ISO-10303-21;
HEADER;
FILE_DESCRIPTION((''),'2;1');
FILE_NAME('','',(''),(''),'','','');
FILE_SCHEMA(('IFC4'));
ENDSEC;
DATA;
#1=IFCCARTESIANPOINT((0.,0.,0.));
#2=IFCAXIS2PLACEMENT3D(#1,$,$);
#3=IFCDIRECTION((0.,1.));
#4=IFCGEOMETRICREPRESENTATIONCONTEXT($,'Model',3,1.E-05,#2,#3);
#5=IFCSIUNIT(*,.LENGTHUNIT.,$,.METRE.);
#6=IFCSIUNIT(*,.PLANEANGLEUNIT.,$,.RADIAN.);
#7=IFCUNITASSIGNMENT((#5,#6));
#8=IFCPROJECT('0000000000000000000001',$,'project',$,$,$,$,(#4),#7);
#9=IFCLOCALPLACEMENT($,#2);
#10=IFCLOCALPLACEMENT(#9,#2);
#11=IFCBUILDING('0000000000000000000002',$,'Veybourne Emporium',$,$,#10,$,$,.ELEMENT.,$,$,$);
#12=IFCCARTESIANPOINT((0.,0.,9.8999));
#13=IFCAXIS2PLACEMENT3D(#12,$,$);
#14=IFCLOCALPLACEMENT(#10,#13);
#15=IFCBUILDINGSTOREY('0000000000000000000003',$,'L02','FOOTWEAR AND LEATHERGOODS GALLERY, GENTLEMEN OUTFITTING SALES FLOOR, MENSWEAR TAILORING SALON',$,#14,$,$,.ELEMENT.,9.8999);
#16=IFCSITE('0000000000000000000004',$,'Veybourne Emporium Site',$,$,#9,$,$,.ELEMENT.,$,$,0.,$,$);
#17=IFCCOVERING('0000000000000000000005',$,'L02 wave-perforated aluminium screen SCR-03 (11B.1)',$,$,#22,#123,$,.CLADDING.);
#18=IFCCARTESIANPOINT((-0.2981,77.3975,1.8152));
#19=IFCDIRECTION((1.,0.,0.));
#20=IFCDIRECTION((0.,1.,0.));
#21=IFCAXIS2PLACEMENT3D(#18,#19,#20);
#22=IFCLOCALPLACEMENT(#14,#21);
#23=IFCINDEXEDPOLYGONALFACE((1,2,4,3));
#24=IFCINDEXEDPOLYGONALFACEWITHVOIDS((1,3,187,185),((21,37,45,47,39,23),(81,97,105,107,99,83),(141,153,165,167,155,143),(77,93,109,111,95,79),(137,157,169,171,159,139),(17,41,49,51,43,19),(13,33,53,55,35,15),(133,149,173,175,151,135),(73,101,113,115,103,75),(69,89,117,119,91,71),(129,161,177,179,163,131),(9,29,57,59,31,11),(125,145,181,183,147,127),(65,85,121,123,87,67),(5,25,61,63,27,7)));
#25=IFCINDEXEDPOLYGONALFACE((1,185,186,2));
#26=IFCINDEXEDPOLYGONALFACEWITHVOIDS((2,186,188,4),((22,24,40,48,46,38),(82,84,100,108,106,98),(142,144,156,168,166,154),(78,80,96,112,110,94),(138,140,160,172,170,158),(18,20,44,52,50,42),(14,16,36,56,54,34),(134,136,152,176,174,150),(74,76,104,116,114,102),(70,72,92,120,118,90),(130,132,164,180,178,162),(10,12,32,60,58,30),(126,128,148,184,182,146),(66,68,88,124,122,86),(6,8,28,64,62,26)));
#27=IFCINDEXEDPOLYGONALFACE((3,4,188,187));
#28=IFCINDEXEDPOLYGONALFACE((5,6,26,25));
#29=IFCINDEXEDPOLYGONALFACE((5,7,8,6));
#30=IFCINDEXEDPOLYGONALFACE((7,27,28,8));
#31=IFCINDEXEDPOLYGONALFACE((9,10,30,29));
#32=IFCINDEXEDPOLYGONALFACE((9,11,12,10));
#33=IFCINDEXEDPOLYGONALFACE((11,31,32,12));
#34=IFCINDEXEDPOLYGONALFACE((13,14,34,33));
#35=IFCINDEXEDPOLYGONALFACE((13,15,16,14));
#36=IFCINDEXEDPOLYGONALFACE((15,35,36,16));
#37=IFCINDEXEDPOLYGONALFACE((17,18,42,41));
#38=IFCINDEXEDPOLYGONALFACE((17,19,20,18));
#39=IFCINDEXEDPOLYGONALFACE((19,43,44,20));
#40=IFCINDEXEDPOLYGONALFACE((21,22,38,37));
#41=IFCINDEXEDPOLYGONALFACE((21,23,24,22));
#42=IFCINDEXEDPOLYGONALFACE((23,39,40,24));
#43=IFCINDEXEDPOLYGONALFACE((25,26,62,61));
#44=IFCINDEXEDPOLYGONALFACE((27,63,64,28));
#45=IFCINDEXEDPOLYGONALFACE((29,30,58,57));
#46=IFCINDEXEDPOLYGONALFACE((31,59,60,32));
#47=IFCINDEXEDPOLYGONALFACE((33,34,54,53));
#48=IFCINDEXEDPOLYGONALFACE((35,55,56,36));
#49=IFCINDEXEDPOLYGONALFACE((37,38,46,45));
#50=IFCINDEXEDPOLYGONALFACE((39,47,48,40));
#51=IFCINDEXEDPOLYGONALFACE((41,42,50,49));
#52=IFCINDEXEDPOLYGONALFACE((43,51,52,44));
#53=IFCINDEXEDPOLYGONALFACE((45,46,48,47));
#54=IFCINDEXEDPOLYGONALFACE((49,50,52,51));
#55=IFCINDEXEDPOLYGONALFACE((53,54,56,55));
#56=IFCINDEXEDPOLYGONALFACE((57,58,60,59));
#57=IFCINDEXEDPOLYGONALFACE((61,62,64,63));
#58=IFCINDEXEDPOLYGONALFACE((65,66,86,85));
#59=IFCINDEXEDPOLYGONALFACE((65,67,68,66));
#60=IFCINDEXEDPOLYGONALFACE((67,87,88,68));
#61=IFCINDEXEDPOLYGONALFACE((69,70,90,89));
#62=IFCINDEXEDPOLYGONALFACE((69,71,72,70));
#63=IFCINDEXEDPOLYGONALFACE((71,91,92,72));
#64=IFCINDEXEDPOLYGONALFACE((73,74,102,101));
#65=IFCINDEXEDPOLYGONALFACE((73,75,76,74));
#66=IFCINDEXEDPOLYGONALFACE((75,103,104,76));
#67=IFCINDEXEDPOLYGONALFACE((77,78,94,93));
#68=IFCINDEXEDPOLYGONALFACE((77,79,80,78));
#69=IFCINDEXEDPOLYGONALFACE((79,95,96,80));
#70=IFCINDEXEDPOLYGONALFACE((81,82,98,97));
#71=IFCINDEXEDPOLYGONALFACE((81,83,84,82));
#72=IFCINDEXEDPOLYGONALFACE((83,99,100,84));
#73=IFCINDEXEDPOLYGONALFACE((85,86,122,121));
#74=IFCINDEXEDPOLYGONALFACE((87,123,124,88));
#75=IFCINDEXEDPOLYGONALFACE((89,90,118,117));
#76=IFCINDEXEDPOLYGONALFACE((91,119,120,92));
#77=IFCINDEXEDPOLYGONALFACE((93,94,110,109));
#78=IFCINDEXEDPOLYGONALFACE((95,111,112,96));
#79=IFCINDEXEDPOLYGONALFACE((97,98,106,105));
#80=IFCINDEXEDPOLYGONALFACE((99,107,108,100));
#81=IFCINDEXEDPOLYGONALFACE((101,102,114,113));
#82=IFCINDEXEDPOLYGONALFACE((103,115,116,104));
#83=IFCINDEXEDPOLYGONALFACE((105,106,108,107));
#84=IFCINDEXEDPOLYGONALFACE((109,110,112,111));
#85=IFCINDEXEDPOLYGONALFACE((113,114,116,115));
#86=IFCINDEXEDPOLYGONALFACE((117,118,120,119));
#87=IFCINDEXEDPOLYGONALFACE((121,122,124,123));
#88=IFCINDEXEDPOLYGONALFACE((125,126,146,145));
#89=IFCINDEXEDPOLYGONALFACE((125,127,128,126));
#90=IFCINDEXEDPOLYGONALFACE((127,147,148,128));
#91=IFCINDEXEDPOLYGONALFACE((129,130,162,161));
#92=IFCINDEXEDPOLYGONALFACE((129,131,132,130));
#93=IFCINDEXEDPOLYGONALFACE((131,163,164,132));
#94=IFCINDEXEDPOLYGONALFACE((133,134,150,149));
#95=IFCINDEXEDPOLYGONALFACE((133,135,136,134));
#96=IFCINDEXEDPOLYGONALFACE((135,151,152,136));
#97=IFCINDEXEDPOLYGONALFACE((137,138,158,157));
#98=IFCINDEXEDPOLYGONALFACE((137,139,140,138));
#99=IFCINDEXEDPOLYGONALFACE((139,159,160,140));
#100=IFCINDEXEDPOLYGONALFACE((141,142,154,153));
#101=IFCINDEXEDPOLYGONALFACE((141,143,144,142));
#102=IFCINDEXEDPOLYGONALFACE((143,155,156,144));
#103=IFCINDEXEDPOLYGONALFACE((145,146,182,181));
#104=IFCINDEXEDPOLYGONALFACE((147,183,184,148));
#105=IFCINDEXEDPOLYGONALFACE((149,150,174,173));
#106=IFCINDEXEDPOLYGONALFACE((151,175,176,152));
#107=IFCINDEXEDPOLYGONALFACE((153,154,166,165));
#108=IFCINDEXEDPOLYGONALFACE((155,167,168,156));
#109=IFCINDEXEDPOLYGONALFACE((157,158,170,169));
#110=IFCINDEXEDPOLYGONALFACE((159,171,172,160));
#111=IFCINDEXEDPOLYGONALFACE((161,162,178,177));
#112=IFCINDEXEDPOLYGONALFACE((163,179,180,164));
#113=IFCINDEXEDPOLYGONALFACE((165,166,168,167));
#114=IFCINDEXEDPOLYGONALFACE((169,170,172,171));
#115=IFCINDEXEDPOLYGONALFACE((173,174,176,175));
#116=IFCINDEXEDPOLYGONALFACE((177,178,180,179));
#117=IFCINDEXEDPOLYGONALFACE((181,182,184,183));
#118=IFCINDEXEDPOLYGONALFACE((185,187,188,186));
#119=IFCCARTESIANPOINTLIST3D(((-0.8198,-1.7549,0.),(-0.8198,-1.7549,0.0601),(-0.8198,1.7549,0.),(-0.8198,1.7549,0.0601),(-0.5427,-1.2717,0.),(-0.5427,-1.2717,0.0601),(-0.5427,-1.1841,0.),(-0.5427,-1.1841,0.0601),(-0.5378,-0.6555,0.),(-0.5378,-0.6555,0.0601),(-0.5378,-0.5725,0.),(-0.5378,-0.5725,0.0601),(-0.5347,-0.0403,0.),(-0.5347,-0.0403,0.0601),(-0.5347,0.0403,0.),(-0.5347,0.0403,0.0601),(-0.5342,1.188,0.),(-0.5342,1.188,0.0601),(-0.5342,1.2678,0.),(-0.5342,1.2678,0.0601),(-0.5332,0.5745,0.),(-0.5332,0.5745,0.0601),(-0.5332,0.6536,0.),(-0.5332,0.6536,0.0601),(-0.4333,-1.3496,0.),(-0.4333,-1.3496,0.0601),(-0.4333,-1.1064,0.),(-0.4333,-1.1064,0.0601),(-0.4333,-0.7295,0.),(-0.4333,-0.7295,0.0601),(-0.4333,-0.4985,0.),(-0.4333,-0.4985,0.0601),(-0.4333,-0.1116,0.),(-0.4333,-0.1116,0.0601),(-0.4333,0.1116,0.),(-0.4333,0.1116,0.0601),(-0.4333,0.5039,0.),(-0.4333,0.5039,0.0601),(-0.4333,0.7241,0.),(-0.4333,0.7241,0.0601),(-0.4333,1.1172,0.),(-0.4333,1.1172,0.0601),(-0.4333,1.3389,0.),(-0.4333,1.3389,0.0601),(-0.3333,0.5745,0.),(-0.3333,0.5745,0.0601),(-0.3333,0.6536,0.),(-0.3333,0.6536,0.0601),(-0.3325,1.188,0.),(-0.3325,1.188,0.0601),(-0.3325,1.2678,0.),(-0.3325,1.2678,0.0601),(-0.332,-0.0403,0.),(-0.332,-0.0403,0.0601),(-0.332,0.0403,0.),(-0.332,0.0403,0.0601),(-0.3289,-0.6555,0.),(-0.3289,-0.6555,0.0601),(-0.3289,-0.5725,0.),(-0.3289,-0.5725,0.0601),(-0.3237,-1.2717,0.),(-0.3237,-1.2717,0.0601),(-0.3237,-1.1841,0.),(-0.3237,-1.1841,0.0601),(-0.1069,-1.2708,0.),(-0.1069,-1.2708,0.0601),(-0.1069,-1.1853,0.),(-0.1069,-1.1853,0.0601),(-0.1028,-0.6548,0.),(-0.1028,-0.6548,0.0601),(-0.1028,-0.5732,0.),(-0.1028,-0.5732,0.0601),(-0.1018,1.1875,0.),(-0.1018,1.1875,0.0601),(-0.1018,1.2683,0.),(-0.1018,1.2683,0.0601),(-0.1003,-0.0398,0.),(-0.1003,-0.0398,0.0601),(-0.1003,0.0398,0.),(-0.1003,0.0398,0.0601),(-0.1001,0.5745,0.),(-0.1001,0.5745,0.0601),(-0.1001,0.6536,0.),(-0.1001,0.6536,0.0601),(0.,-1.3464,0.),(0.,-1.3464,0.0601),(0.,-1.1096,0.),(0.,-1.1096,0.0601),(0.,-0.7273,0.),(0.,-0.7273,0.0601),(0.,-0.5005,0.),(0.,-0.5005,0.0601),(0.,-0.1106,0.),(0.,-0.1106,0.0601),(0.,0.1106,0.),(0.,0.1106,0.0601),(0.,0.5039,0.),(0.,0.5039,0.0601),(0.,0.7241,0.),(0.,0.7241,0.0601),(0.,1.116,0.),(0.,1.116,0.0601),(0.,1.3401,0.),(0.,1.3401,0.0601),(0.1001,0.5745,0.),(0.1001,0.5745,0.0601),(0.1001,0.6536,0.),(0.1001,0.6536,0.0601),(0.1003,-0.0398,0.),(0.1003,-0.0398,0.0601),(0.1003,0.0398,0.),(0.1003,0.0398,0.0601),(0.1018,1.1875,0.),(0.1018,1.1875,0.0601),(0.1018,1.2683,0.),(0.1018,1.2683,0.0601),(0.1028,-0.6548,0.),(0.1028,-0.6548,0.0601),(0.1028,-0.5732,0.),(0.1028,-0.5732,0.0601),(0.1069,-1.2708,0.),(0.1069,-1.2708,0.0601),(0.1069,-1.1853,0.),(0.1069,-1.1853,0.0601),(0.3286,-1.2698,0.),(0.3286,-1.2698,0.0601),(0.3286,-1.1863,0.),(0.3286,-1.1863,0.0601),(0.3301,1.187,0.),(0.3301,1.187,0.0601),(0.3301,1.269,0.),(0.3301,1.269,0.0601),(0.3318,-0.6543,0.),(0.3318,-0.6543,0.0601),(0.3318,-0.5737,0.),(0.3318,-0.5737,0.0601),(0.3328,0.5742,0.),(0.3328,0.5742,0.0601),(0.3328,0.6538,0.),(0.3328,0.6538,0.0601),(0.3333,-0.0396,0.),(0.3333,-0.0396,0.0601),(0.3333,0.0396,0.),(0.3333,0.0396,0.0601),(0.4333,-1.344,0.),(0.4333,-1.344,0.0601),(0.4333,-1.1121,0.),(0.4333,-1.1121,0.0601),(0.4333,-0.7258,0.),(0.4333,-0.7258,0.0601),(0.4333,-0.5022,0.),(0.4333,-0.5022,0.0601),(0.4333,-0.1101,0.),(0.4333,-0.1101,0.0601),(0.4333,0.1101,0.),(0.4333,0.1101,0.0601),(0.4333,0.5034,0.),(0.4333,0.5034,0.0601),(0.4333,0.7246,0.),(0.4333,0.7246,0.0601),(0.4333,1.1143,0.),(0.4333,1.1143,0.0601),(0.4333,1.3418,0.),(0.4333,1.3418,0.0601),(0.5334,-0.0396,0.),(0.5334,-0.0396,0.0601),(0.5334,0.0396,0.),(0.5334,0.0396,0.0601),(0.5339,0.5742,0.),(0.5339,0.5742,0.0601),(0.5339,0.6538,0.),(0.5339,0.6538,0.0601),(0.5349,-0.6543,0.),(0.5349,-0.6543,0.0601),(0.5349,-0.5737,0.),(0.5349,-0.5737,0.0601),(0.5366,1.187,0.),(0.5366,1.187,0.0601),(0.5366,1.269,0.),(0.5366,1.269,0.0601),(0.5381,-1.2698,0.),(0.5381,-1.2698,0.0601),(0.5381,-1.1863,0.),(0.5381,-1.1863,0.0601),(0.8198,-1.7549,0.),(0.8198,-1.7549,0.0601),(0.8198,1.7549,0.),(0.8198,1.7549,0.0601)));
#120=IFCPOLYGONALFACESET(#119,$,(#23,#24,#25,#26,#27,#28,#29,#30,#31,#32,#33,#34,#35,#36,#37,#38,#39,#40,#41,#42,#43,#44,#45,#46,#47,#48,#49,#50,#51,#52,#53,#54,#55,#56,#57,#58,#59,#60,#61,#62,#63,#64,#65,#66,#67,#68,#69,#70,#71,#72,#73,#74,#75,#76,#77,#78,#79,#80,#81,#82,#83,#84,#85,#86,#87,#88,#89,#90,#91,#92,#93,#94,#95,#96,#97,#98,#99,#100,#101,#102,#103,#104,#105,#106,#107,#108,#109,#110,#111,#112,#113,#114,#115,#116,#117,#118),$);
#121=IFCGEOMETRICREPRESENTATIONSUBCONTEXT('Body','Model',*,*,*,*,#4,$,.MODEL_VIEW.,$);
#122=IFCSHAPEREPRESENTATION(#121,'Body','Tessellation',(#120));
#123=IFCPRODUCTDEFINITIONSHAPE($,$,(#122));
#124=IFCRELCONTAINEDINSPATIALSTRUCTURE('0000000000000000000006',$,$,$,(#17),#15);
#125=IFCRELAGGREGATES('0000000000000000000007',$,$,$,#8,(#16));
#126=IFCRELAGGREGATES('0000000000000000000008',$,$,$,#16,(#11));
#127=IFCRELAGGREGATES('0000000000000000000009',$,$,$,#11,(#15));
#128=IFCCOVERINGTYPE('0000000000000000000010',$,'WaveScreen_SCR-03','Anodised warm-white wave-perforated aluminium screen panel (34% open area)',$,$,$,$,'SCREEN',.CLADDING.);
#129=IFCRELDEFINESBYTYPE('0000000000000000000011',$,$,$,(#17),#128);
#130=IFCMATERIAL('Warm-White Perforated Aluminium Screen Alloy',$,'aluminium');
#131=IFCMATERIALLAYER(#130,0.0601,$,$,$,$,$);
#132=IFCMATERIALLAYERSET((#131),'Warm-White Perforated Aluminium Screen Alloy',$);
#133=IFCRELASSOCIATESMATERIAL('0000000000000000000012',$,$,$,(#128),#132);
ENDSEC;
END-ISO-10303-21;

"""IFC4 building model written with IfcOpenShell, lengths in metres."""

from ifc_helpers import new_model, si_unit, direction, frame, origin, place, context, subcontext, project, spatial, polyline, outline, extrude, material, layer, layer_set, type_object, element, save


model = new_model("IFC4")

# Units and contexts
model_context = context("Model", 3, precision=1e-05, world=origin(), true_north=direction((0.0, 1.0)))
body_context = subcontext(model_context, "Body", "Model", "MODEL_VIEW")
ifc_project = project(units=[si_unit("LENGTHUNIT", "METRE"), si_unit("PLANEANGLEUNIT", "RADIAN")], contexts=[model_context])

# Site, building, storey
site_placement = place(None, origin())
site = spatial("IfcSite", under=ifc_project, at=site_placement, Name="Veybourne Emporium Site", CompositionType="ELEMENT", RefElevation=0.0)
building_placement = place(site_placement, origin())
building = spatial("IfcBuilding", under=site, at=building_placement, Name="Veybourne Emporium", CompositionType="ELEMENT")
storey_placement = place(building_placement, frame((0.0, 0.0, 9.8999)))
storey = spatial("IfcBuildingStorey", under=building, at=storey_placement, Name="L02", Description="FOOTWEAR AND LEATHERGOODS GALLERY, GENTLEMEN OUTFITTING SALES FLOOR, MENSWEAR TAILORING SALON", CompositionType="ELEMENT", Elevation=9.8999)

# Covering
ifc_material_1 = material(Name="Warm-White Perforated Aluminium Screen Alloy", Category="aluminium")
ifc_layer_1 = layer(ifc_material_1, 0.0601)
ifc_layer_set_1 = layer_set([ifc_layer_1], Name="Warm-White Perforated Aluminium Screen Alloy")
covering_type_1 = type_object("IfcCoveringType", Name="WaveScreen_SCR-03", Description="Anodised warm-white wave-perforated aluminium screen panel (34% open area)", ElementType="SCREEN", PredefinedType="CLADDING", material=ifc_layer_set_1)
covering_1_placement = place(storey_placement, frame((-0.2981, 77.3975, 1.8152), z_axis=(1.0, 0.0, 0.0), x_axis=(0.0, 1.0, 0.0)))
element("IfcCovering", 1, at=covering_1_placement, inside=storey, type_object=covering_type_1, Name="L02 wave-perforated aluminium screen SCR-03 (11B.1)", PredefinedType="CLADDING", context=body_context, shape_type="SweptSolid", body=[
    extrude(outline(polyline([(-0.8198, -1.7549), (0.8198, -1.7549), (0.8198, 1.7549), (-0.8198, 1.7549), (-0.8198, -1.7549)]), holes=[polyline([(-0.4333, -1.1064), (-0.3237, -1.1841), (-0.3237, -1.2717), (-0.4333, -1.3496), (-0.5427, -1.2717), (-0.5427, -1.1841), (-0.4333, -1.1064)]), polyline([(-0.4333, -0.4985), (-0.3289, -0.5725), (-0.3289, -0.6555), (-0.4333, -0.7295), (-0.5378, -0.6555), (-0.5378, -0.5725), (-0.4333, -0.4985)]), polyline([(-0.4333, 0.1116), (-0.332, 0.0403), (-0.332, -0.0403), (-0.4333, -0.1116), (-0.5347, -0.0403), (-0.5347, 0.0403), (-0.4333, 0.1116)]), polyline([(-0.4333, 0.7241), (-0.3333, 0.6536), (-0.3333, 0.5745), (-0.4333, 0.5039), (-0.5332, 0.5745), (-0.5332, 0.6536), (-0.4333, 0.7241)]), polyline([(-0.4333, 1.3389), (-0.3325, 1.2678), (-0.3325, 1.188), (-0.4333, 1.1172), (-0.5342, 1.188), (-0.5342, 1.2678), (-0.4333, 1.3389)]), polyline([(0.0, -1.1096), (0.1069, -1.1853), (0.1069, -1.2708), (0.0, -1.3464), (-0.1069, -1.2708), (-0.1069, -1.1853), (0.0, -1.1096)]), polyline([(0.0, -0.5005), (0.1028, -0.5732), (0.1028, -0.6548), (0.0, -0.7273), (-0.1028, -0.6548), (-0.1028, -0.5732), (0.0, -0.5005)]), polyline([(0.0, 0.1106), (0.1003, 0.0398), (0.1003, -0.0398), (0.0, -0.1106), (-0.1003, -0.0398), (-0.1003, 0.0398), (0.0, 0.1106)]), polyline([(0.0, 0.7241), (0.1001, 0.6536), (0.1001, 0.5745), (0.0, 0.5039), (-0.1001, 0.5745), (-0.1001, 0.6536), (0.0, 0.7241)]), polyline([(0.0, 1.3401), (0.1018, 1.2683), (0.1018, 1.1875), (0.0, 1.116), (-0.1018, 1.1875), (-0.1018, 1.2683), (0.0, 1.3401)]), polyline([(0.4333, -1.1121), (0.5381, -1.1863), (0.5381, -1.2698), (0.4333, -1.344), (0.3286, -1.2698), (0.3286, -1.1863), (0.4333, -1.1121)]), polyline([(0.4333, -0.5022), (0.5349, -0.5737), (0.5349, -0.6543), (0.4333, -0.7258), (0.3318, -0.6543), (0.3318, -0.5737), (0.4333, -0.5022)]), polyline([(0.4333, 0.1101), (0.5334, 0.0396), (0.5334, -0.0396), (0.4333, -0.1101), (0.3333, -0.0396), (0.3333, 0.0396), (0.4333, 0.1101)]), polyline([(0.4333, 0.7246), (0.5339, 0.6538), (0.5339, 0.5742), (0.4333, 0.5034), (0.3328, 0.5742), (0.3328, 0.6538), (0.4333, 0.7246)]), polyline([(0.4333, 1.3418), (0.5366, 1.269), (0.5366, 1.187), (0.4333, 1.1143), (0.3301, 1.187), (0.3301, 1.269), (0.4333, 1.3418)])]), origin(), (0.0, 0.0, 1.0), 0.0601),
])

save(model, "model.ifc")
